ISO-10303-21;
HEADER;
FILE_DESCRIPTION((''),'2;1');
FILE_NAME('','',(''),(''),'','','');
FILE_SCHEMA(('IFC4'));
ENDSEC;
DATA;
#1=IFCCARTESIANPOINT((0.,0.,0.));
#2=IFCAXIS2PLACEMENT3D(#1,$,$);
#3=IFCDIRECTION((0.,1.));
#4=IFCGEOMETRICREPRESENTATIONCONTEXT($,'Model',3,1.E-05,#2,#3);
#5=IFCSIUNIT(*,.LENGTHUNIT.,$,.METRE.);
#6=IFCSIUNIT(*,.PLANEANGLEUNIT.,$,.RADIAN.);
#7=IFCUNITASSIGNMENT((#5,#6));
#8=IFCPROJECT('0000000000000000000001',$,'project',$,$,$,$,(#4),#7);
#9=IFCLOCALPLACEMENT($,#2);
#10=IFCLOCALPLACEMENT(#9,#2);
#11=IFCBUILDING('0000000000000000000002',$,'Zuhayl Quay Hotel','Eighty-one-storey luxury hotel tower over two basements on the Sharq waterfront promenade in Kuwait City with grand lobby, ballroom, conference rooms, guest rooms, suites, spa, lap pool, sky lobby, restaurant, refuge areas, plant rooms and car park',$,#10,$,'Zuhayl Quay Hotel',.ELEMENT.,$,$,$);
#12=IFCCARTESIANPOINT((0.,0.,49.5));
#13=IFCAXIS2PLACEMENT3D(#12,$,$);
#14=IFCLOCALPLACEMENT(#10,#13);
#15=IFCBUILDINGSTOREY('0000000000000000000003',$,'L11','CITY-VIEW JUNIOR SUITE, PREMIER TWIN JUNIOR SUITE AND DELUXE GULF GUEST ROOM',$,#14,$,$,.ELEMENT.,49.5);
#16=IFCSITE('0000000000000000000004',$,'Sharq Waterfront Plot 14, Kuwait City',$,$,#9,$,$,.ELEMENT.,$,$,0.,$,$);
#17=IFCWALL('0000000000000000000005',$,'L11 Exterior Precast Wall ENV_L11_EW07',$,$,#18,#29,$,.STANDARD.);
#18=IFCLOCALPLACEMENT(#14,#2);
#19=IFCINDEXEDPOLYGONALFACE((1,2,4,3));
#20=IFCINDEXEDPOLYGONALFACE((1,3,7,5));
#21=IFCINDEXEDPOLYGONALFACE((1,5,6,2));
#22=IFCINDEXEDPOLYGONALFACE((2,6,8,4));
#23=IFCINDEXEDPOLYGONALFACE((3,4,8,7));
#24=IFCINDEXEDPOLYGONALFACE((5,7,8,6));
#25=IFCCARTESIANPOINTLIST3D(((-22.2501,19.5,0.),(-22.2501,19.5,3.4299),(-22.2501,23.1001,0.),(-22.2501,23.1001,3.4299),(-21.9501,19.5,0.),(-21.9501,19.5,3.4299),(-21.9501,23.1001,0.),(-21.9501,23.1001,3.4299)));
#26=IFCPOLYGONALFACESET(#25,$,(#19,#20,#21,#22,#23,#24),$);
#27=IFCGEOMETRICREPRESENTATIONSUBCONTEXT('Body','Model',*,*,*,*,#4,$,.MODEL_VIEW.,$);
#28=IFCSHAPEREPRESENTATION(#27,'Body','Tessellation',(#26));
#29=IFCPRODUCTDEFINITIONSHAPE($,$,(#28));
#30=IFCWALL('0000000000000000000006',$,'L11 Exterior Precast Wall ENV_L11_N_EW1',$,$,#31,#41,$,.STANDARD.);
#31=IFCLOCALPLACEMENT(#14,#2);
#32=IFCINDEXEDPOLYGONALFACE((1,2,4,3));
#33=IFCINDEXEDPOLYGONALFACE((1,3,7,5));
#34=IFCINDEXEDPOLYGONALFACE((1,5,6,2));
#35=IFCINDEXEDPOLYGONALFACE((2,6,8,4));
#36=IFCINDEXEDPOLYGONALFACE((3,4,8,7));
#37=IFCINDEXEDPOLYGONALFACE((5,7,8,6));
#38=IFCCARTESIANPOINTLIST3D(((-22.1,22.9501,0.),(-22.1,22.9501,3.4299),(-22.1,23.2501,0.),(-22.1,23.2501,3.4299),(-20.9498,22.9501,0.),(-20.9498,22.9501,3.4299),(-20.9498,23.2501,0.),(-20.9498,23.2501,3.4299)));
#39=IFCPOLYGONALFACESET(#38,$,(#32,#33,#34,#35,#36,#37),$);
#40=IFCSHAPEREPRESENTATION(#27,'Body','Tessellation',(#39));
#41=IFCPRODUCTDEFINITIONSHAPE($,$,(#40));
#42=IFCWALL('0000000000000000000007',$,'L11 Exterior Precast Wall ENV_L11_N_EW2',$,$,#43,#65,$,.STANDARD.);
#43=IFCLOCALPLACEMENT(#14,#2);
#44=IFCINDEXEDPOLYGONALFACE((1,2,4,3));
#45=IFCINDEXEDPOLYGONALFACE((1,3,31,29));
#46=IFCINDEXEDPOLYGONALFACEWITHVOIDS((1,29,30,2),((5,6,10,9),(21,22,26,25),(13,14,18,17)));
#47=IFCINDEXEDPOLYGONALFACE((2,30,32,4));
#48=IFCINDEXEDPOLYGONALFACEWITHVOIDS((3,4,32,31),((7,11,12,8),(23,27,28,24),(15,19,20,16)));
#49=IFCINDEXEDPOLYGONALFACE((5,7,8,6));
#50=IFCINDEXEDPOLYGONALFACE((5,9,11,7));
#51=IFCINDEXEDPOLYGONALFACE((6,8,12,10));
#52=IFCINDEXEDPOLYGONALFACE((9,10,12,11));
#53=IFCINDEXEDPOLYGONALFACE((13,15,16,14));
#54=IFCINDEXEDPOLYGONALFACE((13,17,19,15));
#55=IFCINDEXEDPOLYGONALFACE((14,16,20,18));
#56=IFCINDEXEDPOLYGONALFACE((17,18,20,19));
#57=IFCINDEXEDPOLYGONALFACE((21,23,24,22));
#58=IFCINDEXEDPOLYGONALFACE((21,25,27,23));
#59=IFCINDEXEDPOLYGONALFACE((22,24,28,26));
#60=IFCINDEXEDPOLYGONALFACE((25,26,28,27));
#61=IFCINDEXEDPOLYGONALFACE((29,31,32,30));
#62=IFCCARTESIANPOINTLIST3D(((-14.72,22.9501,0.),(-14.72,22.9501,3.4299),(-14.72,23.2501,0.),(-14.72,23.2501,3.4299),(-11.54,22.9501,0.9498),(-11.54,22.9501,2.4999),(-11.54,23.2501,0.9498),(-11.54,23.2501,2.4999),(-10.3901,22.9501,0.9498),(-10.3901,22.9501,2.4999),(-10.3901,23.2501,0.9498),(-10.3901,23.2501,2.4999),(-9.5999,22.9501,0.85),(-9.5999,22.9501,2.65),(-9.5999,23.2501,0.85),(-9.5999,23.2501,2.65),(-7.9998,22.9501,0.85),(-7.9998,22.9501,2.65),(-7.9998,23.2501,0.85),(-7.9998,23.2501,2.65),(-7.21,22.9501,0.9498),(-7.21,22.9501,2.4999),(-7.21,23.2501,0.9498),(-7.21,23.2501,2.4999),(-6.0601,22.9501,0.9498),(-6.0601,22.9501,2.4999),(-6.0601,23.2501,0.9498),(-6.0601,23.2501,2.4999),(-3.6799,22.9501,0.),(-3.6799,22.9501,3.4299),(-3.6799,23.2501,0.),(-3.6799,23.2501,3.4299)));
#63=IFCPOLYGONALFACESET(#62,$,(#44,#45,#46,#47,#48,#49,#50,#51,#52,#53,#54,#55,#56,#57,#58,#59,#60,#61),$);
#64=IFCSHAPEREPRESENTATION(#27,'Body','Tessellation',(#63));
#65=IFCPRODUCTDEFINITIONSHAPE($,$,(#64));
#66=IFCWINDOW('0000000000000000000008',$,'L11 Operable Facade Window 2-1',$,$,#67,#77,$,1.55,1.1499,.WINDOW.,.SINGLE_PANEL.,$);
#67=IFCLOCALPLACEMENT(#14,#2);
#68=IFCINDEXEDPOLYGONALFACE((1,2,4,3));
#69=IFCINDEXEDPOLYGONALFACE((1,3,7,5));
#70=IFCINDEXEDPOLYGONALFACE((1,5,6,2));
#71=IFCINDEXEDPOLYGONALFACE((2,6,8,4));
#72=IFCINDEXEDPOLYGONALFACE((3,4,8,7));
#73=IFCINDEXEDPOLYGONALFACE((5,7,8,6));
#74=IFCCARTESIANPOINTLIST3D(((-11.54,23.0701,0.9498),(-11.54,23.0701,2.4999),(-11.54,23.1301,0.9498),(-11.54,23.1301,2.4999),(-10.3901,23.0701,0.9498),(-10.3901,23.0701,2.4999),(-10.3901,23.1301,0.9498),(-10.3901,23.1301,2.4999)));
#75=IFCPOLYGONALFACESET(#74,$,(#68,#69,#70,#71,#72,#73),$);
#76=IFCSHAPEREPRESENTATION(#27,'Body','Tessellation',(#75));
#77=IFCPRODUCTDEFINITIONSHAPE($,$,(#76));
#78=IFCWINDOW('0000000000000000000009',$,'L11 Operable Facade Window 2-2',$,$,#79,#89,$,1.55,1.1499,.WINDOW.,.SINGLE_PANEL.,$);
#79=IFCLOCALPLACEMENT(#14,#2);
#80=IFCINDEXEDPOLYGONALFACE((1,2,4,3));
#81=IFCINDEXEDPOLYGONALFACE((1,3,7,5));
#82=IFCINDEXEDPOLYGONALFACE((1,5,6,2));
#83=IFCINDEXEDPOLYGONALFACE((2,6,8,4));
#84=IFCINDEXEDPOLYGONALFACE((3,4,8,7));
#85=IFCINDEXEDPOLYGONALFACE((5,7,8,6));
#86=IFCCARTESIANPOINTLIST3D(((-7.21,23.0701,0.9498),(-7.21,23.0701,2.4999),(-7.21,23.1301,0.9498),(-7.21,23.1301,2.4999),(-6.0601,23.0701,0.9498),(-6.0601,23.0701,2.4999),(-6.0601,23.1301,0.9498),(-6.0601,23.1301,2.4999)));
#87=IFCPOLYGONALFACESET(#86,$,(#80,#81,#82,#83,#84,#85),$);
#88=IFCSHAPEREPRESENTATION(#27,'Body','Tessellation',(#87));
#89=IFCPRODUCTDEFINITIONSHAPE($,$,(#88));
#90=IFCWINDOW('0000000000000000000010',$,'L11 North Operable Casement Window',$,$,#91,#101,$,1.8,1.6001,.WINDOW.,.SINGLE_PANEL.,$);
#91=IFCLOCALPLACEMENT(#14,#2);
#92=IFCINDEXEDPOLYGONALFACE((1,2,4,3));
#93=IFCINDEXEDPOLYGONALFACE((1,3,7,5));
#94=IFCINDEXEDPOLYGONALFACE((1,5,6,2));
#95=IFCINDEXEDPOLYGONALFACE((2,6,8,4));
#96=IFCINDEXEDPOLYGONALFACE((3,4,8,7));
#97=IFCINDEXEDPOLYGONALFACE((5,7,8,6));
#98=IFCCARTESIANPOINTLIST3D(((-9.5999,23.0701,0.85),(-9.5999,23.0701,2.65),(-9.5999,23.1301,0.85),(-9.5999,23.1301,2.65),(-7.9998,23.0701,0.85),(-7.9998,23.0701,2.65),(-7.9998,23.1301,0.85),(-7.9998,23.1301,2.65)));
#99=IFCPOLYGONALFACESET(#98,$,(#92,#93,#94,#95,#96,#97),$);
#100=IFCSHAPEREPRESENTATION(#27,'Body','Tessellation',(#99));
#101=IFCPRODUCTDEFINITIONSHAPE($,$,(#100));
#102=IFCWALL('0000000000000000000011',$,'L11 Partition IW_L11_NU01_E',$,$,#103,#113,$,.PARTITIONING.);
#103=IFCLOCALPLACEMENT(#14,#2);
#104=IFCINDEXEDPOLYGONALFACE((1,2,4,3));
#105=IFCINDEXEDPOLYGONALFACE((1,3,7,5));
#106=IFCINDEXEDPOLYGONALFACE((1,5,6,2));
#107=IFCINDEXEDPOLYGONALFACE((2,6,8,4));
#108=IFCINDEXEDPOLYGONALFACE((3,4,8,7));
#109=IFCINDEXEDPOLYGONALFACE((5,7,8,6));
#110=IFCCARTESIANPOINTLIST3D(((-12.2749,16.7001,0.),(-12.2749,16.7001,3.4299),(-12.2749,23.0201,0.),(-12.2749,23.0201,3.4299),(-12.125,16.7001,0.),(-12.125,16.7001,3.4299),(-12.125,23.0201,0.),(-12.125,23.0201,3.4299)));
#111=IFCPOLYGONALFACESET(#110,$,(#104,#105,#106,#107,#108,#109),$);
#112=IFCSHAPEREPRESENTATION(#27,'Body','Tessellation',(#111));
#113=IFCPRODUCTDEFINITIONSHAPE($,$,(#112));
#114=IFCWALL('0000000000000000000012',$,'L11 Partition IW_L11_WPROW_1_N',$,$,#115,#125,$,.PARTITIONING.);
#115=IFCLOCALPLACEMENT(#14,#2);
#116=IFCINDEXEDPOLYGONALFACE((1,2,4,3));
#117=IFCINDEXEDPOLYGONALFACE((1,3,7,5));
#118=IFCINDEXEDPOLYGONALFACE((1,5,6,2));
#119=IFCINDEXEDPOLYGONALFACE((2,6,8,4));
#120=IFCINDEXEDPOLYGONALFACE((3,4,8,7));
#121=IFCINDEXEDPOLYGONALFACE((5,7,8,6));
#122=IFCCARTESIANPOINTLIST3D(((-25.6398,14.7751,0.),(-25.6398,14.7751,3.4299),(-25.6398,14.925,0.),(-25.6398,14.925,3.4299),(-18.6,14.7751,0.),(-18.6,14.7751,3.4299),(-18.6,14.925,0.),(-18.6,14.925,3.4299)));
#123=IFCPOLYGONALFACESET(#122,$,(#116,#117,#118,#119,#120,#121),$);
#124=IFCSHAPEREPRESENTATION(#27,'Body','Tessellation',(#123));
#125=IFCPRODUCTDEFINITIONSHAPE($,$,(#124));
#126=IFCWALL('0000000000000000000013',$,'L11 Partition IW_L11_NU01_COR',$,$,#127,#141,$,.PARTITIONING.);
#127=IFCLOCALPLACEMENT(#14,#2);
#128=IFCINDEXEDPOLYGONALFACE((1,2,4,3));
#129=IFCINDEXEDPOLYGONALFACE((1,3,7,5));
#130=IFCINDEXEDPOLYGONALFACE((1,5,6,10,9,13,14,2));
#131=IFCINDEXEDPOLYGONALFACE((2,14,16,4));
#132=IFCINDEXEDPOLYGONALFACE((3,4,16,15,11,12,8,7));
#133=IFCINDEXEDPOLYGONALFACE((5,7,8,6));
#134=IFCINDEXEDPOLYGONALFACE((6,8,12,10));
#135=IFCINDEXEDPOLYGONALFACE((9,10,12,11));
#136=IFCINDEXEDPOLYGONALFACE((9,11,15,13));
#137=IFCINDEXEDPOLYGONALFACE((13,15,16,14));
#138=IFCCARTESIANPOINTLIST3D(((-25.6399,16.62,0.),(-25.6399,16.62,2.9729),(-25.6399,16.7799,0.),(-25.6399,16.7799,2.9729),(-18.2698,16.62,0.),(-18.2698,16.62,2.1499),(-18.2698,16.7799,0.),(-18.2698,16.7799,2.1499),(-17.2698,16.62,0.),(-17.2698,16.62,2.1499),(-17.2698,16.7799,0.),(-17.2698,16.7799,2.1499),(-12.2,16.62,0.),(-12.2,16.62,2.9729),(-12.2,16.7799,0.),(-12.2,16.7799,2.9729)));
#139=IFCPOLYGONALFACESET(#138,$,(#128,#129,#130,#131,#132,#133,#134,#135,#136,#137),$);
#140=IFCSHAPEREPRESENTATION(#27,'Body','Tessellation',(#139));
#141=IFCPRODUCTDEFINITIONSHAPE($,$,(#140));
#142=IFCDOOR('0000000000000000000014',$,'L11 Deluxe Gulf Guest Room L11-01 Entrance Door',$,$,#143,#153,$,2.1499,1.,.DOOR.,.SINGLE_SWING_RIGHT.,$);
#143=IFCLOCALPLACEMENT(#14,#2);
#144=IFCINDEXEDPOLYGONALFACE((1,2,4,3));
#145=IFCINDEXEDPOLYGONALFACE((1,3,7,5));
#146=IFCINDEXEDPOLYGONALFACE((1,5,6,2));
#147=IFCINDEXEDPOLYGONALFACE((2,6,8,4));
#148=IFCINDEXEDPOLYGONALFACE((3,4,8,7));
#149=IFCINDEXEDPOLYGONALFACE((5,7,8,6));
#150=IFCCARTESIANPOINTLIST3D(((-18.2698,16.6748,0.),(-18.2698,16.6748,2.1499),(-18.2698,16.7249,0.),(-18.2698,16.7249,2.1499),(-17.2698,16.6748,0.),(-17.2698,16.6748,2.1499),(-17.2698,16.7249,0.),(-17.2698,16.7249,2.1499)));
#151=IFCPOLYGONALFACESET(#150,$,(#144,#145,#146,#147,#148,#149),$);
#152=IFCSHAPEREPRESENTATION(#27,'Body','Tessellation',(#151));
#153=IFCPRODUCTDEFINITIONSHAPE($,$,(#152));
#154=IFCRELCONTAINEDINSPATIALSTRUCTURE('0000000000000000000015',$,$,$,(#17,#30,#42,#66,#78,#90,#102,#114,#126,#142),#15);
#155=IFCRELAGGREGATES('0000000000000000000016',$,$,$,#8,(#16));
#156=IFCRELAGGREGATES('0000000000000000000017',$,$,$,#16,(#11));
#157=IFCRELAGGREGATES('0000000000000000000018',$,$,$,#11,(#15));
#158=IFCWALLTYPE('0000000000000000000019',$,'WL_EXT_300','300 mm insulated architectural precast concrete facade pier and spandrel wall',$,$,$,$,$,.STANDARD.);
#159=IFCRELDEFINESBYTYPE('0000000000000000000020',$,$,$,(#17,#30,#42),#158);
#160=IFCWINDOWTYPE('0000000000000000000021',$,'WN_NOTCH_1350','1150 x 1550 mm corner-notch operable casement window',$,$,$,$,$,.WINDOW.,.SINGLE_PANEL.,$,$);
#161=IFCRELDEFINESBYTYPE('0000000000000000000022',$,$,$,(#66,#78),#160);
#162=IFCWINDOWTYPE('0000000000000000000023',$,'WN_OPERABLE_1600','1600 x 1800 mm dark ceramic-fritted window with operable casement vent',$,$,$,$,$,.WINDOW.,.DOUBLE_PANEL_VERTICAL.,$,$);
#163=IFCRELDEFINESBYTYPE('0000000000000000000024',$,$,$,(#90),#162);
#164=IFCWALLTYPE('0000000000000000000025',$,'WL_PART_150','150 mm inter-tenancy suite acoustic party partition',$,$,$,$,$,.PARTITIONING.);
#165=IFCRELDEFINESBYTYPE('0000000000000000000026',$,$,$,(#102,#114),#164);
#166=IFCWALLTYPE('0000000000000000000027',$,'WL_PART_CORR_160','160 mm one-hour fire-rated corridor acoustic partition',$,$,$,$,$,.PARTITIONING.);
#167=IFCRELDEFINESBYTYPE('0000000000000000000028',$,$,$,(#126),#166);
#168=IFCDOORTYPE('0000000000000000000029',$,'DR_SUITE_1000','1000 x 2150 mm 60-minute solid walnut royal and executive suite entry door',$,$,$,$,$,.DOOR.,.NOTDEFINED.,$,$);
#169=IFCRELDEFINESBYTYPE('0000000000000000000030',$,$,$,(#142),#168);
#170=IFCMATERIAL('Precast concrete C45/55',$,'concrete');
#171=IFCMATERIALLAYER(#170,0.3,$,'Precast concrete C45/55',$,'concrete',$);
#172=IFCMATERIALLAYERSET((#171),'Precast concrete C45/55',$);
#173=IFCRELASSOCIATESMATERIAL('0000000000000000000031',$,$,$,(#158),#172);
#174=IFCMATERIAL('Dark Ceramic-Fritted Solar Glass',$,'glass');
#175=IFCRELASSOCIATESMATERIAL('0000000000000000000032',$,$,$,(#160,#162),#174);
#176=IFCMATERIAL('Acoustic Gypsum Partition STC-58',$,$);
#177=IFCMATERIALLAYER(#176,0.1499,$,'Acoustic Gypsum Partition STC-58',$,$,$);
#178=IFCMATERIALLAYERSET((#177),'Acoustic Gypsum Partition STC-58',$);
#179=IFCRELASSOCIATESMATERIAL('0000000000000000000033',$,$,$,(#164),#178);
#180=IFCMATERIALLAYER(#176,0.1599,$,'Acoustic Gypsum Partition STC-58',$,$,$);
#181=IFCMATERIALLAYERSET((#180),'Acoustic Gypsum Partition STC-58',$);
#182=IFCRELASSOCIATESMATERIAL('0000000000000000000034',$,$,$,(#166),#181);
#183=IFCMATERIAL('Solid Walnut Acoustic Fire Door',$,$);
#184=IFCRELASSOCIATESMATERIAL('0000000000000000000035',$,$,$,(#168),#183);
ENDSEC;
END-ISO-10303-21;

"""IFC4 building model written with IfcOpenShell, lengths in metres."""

from ifc_helpers import new_model, si_unit, direction, frame, frame_2d, origin, place, context, subcontext, project, spatial, rectangle, extrude, material, layer, layer_set, type_object, element, fill, save


model = new_model("IFC4")

# Units and contexts
model_context = context("Model", 3, precision=1e-05, world=origin(), true_north=direction((0.0, 1.0)))
body_context = subcontext(model_context, "Body", "Model", "MODEL_VIEW")
ifc_project = project(units=[si_unit("LENGTHUNIT", "METRE"), si_unit("PLANEANGLEUNIT", "RADIAN")], contexts=[model_context])

# Site, building, storey
site_placement = place(None, origin())
site = spatial("IfcSite", under=ifc_project, at=site_placement, Name="Sharq Waterfront Plot 14, Kuwait City", CompositionType="ELEMENT", RefElevation=0.0)
building_placement = place(site_placement, origin())
building = spatial("IfcBuilding", under=site, at=building_placement, Name="Zuhayl Quay Hotel", Description="Eighty-one-storey luxury hotel tower over two basements on the Sharq waterfront promenade in Kuwait City with grand lobby, ballroom, conference rooms, guest rooms, suites, spa, lap pool, sky lobby, restaurant, refuge areas, plant rooms and car park", LongName="Zuhayl Quay Hotel", CompositionType="ELEMENT")
storey_placement = place(building_placement, frame((0.0, 0.0, 49.5)))
storey = spatial("IfcBuildingStorey", under=building, at=storey_placement, Name="L11", Description="CITY-VIEW JUNIOR SUITE, PREMIER TWIN JUNIOR SUITE AND DELUXE GULF GUEST ROOM", CompositionType="ELEMENT", Elevation=49.5)

# Shared definitions
ifc_material_1 = material(Name="Dark Ceramic-Fritted Solar Glass", Category="glass")

# Walls
ifc_material_2 = material(Name="Precast concrete C45/55", Category="concrete")
ifc_layer_1 = layer(ifc_material_2, 0.3, Name="Precast concrete C45/55", Category="concrete")
ifc_layer_set_1 = layer_set([ifc_layer_1], Name="Precast concrete C45/55")
wall_type_1 = type_object("IfcWallType", Name="WL_EXT_300", Description="300 mm insulated architectural precast concrete facade pier and spandrel wall", PredefinedType="STANDARD", material=ifc_layer_set_1)
wall_1_placement = place(storey_placement, frame((-22.1001, 19.5, 0.0), z_axis=(0.0, 0.0, 1.0), x_axis=(0.0, 1.0, 0.0)))
element("IfcWall", 1, at=wall_1_placement, inside=storey, type_object=wall_type_1, Name="L11 Exterior Precast Wall ENV_L11_EW07", PredefinedType="STANDARD", context=body_context, shape_type="SweptSolid", body=[
    extrude(rectangle(XDim=3.6001, YDim=0.3, at=frame_2d((1.8, 0.0))), origin(), (0.0, 0.0, 1.0), 3.4299),
])
wall_2_placement = place(storey_placement, frame((-22.1001, 23.1001, 0.0), z_axis=(0.0, 0.0, 1.0), x_axis=(1.0, 0.0, 0.0)))
element("IfcWall", 2, at=wall_2_placement, inside=storey, type_object=wall_type_1, Name="L11 Exterior Precast Wall ENV_L11_N_EW1", PredefinedType="STANDARD", context=body_context, shape_type="SweptSolid", body=[
    extrude(rectangle(XDim=1.1501, YDim=0.3, at=frame_2d((0.5752, 0.0))), origin(), (0.0, 0.0, 1.0), 3.4299),
])

# Wall, openings, windows
wall_3_placement = place(storey_placement, frame((-14.72, 23.1001, 0.0), z_axis=(0.0, 0.0, 1.0), x_axis=(1.0, 0.0, 0.0)))
wall_3 = element("IfcWall", 3, at=wall_3_placement, inside=storey, type_object=wall_type_1, Name="L11 Exterior Precast Wall ENV_L11_N_EW2", PredefinedType="STANDARD", context=body_context, shape_type="SweptSolid", body=[
    extrude(rectangle(XDim=11.04, YDim=0.3, at=frame_2d((5.52, 0.0))), origin(), (0.0, 0.0, 1.0), 3.4299),
])
opening_1_placement = place(wall_3_placement, frame((5.1201, 0.0, 0.8501)))
opening_1 = element("IfcOpeningElement", 4, at=opening_1_placement, cuts=wall_3, PredefinedType="OPENING", context=body_context, shape_type="SweptSolid", body=[
    extrude(rectangle(XDim=1.6001, YDim=1.8, at=frame_2d((0.8, 0.8999))), frame((0.0, 0.1599, 0.0), z_axis=(0.0, -1.0, 0.0), x_axis=(1.0, 0.0, 0.0)), (0.0, 0.0, 1.0), 0.3201),
])
opening_2_placement = place(wall_3_placement, frame((3.1799, 0.0, 0.95)))
opening_2 = element("IfcOpeningElement", 5, at=opening_2_placement, cuts=wall_3, PredefinedType="OPENING", context=body_context, shape_type="SweptSolid", body=[
    extrude(rectangle(XDim=1.1499, YDim=1.55, at=frame_2d((0.575, 0.7749))), frame((0.0, 0.1599, 0.0), z_axis=(0.0, -1.0, 0.0), x_axis=(1.0, 0.0, 0.0)), (0.0, 0.0, 1.0), 0.3201),
])
opening_3_placement = place(wall_3_placement, frame((7.51, 0.0, 0.95)))
opening_3 = element("IfcOpeningElement", 6, at=opening_3_placement, cuts=wall_3, PredefinedType="OPENING", context=body_context, shape_type="SweptSolid", body=[
    extrude(rectangle(XDim=1.1499, YDim=1.55, at=frame_2d((0.575, 0.7749))), frame((0.0, 0.1599, 0.0), z_axis=(0.0, -1.0, 0.0), x_axis=(1.0, 0.0, 0.0)), (0.0, 0.0, 1.0), 0.3201),
])
window_type_1 = type_object("IfcWindowType", Name="WN_NOTCH_1350", Description="1150 x 1550 mm corner-notch operable casement window", PartitioningType="SINGLE_PANEL", PredefinedType="WINDOW", material=ifc_material_1)
window_1_placement = place(opening_2_placement, origin())
window_1 = element("IfcWindow", 7, at=window_1_placement, inside=storey, type_object=window_type_1, Name="L11 Operable Facade Window 2-1", OverallHeight=1.55, OverallWidth=1.1499, PartitioningType="SINGLE_PANEL", PredefinedType="WINDOW", context=body_context, shape_type="SweptSolid", body=[
    extrude(rectangle(XDim=1.1499, YDim=1.55, at=frame_2d((0.575, 0.7749))), frame((0.0, 0.03, 0.0), z_axis=(0.0, -1.0, 0.0), x_axis=(1.0, 0.0, 0.0)), (0.0, 0.0, 1.0), 0.0601),
])
fill(opening_2, window_1)
window_2_placement = place(opening_3_placement, origin())
window_2 = element("IfcWindow", 8, at=window_2_placement, inside=storey, type_object=window_type_1, Name="L11 Operable Facade Window 2-2", OverallHeight=1.55, OverallWidth=1.1499, PartitioningType="SINGLE_PANEL", PredefinedType="WINDOW", context=body_context, shape_type="SweptSolid", body=[
    extrude(rectangle(XDim=1.1499, YDim=1.55, at=frame_2d((0.575, 0.7749))), frame((0.0, 0.03, 0.0), z_axis=(0.0, -1.0, 0.0), x_axis=(1.0, 0.0, 0.0)), (0.0, 0.0, 1.0), 0.0601),
])
fill(opening_3, window_2)
window_type_2 = type_object("IfcWindowType", Name="WN_OPERABLE_1600", Description="1600 x 1800 mm dark ceramic-fritted window with operable casement vent", PartitioningType="DOUBLE_PANEL_VERTICAL", PredefinedType="WINDOW", material=ifc_material_1)
window_3_placement = place(opening_1_placement, origin())
window_3 = element("IfcWindow", 9, at=window_3_placement, inside=storey, type_object=window_type_2, Name="L11 North Operable Casement Window", OverallHeight=1.8, OverallWidth=1.6001, PartitioningType="SINGLE_PANEL", PredefinedType="WINDOW", context=body_context, shape_type="SweptSolid", body=[
    extrude(rectangle(XDim=1.6001, YDim=1.8, at=frame_2d((0.8, 0.8999))), frame((0.0, 0.03, 0.0), z_axis=(0.0, -1.0, 0.0), x_axis=(1.0, 0.0, 0.0)), (0.0, 0.0, 1.0), 0.0601),
])
fill(opening_1, window_3)

# Walls
ifc_material_3 = material(Name="Acoustic Gypsum Partition STC-58")
ifc_layer_2 = layer(ifc_material_3, 0.1499, Name="Acoustic Gypsum Partition STC-58")
ifc_layer_set_2 = layer_set([ifc_layer_2], Name="Acoustic Gypsum Partition STC-58")
wall_type_2 = type_object("IfcWallType", Name="WL_PART_150", Description="150 mm inter-tenancy suite acoustic party partition", PredefinedType="PARTITIONING", material=ifc_layer_set_2)
wall_4_placement = place(storey_placement, frame((-12.2, 16.7, 0.0), z_axis=(0.0, 0.0, 1.0), x_axis=(0.0, 1.0, 0.0)))
element("IfcWall", 10, at=wall_4_placement, inside=storey, type_object=wall_type_2, Name="L11 Partition IW_L11_NU01_E", PredefinedType="PARTITIONING", context=body_context, shape_type="SweptSolid", body=[
    extrude(rectangle(XDim=6.3201, YDim=0.1499, at=frame_2d((3.1602, 0.0))), origin(), (0.0, 0.0, 1.0), 3.4299),
])
wall_5_placement = place(storey_placement, frame((-25.6399, 14.8501, 0.0), z_axis=(0.0, 0.0, 1.0), x_axis=(1.0, 0.0, 0.0)))
element("IfcWall", 11, at=wall_5_placement, inside=storey, type_object=wall_type_2, Name="L11 Partition IW_L11_WPROW_1_N", PredefinedType="PARTITIONING", context=body_context, shape_type="SweptSolid", body=[
    extrude(rectangle(XDim=7.0398, YDim=0.1499, at=frame_2d((3.52, 0.0))), origin(), (0.0, 0.0, 1.0), 3.4299),
])

# Wall, opening, door
ifc_layer_3 = layer(ifc_material_3, 0.1599, Name="Acoustic Gypsum Partition STC-58")
ifc_layer_set_3 = layer_set([ifc_layer_3], Name="Acoustic Gypsum Partition STC-58")
wall_type_3 = type_object("IfcWallType", Name="WL_PART_CORR_160", Description="160 mm one-hour fire-rated corridor acoustic partition", PredefinedType="PARTITIONING", material=ifc_layer_set_3)
wall_6_placement = place(storey_placement, frame((-25.6399, 16.7, 0.0), z_axis=(0.0, 0.0, 1.0), x_axis=(1.0, 0.0, 0.0)))
wall_6 = element("IfcWall", 12, at=wall_6_placement, inside=storey, type_object=wall_type_3, Name="L11 Partition IW_L11_NU01_COR", PredefinedType="PARTITIONING", context=body_context, shape_type="SweptSolid", body=[
    extrude(rectangle(XDim=13.4399, YDim=0.1599, at=frame_2d((6.72, 0.0))), origin(), (0.0, 0.0, 1.0), 2.9729),
])
opening_4_placement = place(wall_6_placement, frame((7.3701, 0.0, 0.0)))
opening_4 = element("IfcOpeningElement", 13, at=opening_4_placement, cuts=wall_6, PredefinedType="OPENING", context=body_context, shape_type="SweptSolid", body=[
    extrude(rectangle(XDim=1.0, YDim=2.1499, at=frame_2d((0.5, 1.075))), frame((0.0, 0.0898, 0.0), z_axis=(0.0, -1.0, 0.0), x_axis=(1.0, 0.0, 0.0)), (0.0, 0.0, 1.0), 0.1799),
])
ifc_material_4 = material(Name="Solid Walnut Acoustic Fire Door")
door_type_1 = type_object("IfcDoorType", Name="DR_SUITE_1000", Description="1000 x 2150 mm 60-minute solid walnut royal and executive suite entry door", OperationType="NOTDEFINED", PredefinedType="DOOR", material=ifc_material_4)
door_1_placement = place(opening_4_placement, origin())
door_1 = element("IfcDoor", 14, at=door_1_placement, inside=storey, type_object=door_type_1, Name="L11 Deluxe Gulf Guest Room L11-01 Entrance Door", OperationType="SINGLE_SWING_RIGHT", OverallHeight=2.1499, OverallWidth=1.0, PredefinedType="DOOR", context=body_context, shape_type="SweptSolid", body=[
    extrude(rectangle(XDim=1.0, YDim=2.1499, at=frame_2d((0.5, 1.075))), frame((0.0, 0.0249, 0.0), z_axis=(0.0, -1.0, 0.0), x_axis=(1.0, 0.0, 0.0)), (0.0, 0.0, 1.0), 0.05),
])
fill(opening_4, door_1)

save(model, "model.ifc")
